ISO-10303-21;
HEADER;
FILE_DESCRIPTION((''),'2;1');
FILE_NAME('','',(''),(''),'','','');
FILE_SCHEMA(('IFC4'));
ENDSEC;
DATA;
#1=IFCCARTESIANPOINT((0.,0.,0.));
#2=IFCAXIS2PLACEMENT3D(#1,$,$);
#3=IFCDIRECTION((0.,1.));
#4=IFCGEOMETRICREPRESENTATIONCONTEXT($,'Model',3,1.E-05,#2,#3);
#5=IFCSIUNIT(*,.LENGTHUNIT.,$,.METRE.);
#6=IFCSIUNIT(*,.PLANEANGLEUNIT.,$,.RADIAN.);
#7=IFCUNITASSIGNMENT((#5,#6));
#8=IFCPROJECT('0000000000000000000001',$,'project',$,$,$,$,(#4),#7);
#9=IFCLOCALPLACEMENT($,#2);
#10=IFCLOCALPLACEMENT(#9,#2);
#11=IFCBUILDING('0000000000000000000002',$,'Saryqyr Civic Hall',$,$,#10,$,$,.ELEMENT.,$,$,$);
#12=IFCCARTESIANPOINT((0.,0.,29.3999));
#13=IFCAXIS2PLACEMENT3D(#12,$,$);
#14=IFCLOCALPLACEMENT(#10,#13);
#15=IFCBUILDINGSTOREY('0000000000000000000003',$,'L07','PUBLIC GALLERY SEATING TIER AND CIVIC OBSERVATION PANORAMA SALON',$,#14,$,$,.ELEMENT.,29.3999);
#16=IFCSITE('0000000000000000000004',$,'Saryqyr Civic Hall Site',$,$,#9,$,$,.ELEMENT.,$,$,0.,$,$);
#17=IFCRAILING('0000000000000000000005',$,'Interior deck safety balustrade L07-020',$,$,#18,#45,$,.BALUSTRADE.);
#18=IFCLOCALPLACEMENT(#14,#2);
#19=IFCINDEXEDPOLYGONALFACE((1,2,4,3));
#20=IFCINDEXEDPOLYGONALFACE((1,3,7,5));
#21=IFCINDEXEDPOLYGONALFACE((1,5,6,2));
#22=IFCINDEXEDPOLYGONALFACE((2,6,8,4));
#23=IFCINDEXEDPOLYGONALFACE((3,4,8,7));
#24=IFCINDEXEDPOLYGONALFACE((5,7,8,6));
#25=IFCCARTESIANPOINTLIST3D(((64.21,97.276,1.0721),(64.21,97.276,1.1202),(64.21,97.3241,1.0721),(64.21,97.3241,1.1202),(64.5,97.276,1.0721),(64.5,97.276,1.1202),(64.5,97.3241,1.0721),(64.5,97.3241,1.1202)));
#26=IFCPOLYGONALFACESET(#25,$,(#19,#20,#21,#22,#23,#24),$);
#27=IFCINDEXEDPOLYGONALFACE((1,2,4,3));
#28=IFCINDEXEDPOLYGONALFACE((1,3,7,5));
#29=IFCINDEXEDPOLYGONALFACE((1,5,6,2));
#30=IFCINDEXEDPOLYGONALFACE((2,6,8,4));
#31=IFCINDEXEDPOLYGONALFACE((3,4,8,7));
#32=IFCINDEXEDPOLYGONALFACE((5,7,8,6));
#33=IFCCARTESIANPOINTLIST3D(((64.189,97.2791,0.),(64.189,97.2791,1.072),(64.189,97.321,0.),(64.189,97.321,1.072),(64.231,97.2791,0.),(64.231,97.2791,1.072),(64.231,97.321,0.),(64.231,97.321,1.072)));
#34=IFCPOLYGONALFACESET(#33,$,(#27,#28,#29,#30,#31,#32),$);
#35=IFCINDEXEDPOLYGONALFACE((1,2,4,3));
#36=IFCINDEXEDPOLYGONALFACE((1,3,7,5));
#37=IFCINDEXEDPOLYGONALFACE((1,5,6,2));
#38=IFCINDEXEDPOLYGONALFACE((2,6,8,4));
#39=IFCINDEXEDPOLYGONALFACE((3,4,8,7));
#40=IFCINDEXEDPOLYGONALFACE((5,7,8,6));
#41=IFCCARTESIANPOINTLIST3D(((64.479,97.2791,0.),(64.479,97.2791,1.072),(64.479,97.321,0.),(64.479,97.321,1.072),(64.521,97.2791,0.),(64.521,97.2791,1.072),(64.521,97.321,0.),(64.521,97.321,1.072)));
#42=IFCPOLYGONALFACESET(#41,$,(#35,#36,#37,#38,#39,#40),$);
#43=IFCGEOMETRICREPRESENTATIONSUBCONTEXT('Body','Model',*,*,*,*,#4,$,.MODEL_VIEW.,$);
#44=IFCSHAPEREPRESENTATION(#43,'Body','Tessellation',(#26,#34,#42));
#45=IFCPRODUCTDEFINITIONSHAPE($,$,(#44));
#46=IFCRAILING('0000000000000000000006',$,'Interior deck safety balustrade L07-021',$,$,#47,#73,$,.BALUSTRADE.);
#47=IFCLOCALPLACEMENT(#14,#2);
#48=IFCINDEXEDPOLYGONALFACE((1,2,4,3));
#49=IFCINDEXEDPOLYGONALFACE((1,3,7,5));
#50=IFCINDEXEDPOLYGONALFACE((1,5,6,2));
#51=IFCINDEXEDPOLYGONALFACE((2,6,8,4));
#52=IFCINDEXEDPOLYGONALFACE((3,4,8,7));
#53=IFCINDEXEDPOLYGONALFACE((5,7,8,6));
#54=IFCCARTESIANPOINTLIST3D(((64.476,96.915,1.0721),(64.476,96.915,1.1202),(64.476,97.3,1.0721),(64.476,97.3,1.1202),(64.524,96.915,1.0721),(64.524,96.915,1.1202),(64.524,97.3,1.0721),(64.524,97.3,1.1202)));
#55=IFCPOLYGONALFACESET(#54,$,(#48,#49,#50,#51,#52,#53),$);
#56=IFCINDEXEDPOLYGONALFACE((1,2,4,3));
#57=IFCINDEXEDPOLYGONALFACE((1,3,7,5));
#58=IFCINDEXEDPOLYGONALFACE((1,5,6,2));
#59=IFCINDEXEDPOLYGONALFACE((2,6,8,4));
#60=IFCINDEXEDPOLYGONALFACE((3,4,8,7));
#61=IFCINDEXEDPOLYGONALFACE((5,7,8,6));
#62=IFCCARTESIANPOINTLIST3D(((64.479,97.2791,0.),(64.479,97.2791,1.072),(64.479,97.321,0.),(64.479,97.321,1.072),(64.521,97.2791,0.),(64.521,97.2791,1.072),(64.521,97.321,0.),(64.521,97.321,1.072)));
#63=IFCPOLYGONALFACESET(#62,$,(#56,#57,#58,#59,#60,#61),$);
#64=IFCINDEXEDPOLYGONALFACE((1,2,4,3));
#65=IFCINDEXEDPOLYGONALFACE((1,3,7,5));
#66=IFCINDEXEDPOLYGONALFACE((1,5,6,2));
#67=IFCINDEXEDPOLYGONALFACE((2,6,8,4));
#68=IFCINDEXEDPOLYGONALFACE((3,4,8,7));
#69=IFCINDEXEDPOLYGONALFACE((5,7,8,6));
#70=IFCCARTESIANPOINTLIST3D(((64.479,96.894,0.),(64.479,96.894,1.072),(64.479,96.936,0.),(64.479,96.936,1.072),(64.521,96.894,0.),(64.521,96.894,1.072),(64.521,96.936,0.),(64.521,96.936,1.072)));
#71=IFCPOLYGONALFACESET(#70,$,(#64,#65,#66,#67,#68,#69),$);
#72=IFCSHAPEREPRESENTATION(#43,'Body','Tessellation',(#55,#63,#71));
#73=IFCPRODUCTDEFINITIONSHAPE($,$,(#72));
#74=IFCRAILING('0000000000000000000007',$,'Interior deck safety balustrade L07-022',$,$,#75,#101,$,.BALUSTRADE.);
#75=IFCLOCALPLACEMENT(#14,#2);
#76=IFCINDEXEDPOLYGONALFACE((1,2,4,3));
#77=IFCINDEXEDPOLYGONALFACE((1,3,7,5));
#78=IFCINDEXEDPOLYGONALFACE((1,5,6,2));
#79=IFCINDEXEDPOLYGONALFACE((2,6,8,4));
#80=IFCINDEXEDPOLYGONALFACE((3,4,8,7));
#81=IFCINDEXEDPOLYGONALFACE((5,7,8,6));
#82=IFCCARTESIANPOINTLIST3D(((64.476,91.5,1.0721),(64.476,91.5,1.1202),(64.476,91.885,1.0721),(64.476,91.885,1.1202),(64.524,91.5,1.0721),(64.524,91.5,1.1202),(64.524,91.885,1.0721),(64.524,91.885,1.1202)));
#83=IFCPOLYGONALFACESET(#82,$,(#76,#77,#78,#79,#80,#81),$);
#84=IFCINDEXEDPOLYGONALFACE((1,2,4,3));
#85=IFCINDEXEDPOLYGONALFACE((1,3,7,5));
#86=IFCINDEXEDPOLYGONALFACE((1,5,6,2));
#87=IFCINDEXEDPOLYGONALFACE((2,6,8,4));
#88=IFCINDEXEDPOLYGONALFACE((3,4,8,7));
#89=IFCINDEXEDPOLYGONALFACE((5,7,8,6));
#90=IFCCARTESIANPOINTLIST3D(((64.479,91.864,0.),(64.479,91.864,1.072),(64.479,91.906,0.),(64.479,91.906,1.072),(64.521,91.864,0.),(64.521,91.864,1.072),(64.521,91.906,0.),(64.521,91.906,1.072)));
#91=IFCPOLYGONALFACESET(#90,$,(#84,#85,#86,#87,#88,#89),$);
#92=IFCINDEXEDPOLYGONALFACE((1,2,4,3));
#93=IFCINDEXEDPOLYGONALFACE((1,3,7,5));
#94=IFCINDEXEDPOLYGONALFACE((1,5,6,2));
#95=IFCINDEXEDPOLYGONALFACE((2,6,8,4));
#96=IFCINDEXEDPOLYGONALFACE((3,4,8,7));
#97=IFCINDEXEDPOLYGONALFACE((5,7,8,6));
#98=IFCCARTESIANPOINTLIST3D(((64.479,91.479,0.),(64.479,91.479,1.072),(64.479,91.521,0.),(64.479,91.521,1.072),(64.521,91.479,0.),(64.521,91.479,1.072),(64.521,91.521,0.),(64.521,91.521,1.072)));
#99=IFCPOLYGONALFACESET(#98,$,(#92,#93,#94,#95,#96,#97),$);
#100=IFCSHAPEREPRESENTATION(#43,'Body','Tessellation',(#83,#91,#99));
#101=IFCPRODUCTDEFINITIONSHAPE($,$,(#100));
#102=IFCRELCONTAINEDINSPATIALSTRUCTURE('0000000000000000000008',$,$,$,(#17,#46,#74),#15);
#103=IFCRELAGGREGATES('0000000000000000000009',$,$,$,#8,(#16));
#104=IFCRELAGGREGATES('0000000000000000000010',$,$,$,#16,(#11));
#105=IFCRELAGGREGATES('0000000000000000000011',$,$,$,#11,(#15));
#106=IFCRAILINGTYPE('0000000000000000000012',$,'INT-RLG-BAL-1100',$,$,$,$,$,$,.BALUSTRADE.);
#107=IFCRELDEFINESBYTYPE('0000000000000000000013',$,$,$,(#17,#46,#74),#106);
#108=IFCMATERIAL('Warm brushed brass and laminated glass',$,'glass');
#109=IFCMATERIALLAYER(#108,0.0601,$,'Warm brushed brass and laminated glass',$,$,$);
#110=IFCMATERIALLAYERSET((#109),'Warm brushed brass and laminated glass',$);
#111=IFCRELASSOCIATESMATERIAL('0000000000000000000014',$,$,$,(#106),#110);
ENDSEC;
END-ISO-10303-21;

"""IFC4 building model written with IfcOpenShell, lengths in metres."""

from ifc_helpers import new_model, si_unit, direction, frame, origin, origin_2d, place, context, subcontext, project, spatial, rectangle, extrude, material, layer, layer_set, type_object, element, save


model = new_model("IFC4")

# Units and contexts
model_context = context("Model", 3, precision=1e-05, world=origin(), true_north=direction((0.0, 1.0)))
body_context = subcontext(model_context, "Body", "Model", "MODEL_VIEW")
ifc_project = project(units=[si_unit("LENGTHUNIT", "METRE"), si_unit("PLANEANGLEUNIT", "RADIAN")], contexts=[model_context])

# Site, building, storey
site_placement = place(None, origin())
site = spatial("IfcSite", under=ifc_project, at=site_placement, Name="Saryqyr Civic Hall Site", CompositionType="ELEMENT", RefElevation=0.0)
building_placement = place(site_placement, origin())
building = spatial("IfcBuilding", under=site, at=building_placement, Name="Saryqyr Civic Hall", CompositionType="ELEMENT")
storey_placement = place(building_placement, frame((0.0, 0.0, 29.3999)))
storey = spatial("IfcBuildingStorey", under=building, at=storey_placement, Name="L07", Description="PUBLIC GALLERY SEATING TIER AND CIVIC OBSERVATION PANORAMA SALON", CompositionType="ELEMENT", Elevation=29.3999)

# Railings
ifc_material_1 = material(Name="Warm brushed brass and laminated glass", Category="glass")
ifc_layer_1 = layer(ifc_material_1, 0.0601, Name="Warm brushed brass and laminated glass")
ifc_layer_set_1 = layer_set([ifc_layer_1], Name="Warm brushed brass and laminated glass")
railing_type_1 = type_object("IfcRailingType", Name="INT-RLG-BAL-1100", PredefinedType="BALUSTRADE", material=ifc_layer_set_1)
railing_1_placement = place(storey_placement, frame((64.21, 97.3, 0.0)))
element("IfcRailing", 1, at=railing_1_placement, inside=storey, type_object=railing_type_1, Name="Interior deck safety balustrade L07-020", PredefinedType="BALUSTRADE", context=body_context, shape_type="SweptSolid", body=[
    extrude(rectangle(XDim=0.0481, YDim=0.0481, at=origin_2d()), frame((0.0, 0.0, 1.0962), z_axis=(1.0, 0.0, 0.0), x_axis=(0.0, 1.0, 0.0)), (0.0, 0.0, 1.0), 0.29),
    extrude(rectangle(XDim=0.042, YDim=0.042, at=origin_2d()), origin(), (0.0, 0.0, 1.0), 1.072),
    extrude(rectangle(XDim=0.042, YDim=0.042, at=origin_2d()), frame((0.29, 0.0, 0.0)), (0.0, 0.0, 1.0), 1.072),
])
for number, where, name in (
    (2, (64.5, 97.3, 0.0), "Interior deck safety balustrade L07-021"),
    (3, (64.5, 91.885, 0.0), "Interior deck safety balustrade L07-022"),
):
    element("IfcRailing", number, at=place(storey_placement, frame(where)), inside=storey, type_object=railing_type_1, Name=name, PredefinedType="BALUSTRADE", context=body_context, shape_type="SweptSolid", body=[
        extrude(rectangle(XDim=0.0481, YDim=0.0481, at=origin_2d()), frame((0.0, 0.0, 1.0962), z_axis=(0.0, -1.0, 0.0), x_axis=(1.0, 0.0, 0.0)), (0.0, 0.0, 1.0), 0.385),
        extrude(rectangle(XDim=0.042, YDim=0.042, at=origin_2d()), origin(), (0.0, 0.0, 1.0), 1.072),
        extrude(rectangle(XDim=0.042, YDim=0.042, at=origin_2d()), frame((0.0, -0.385, 0.0)), (0.0, 0.0, 1.0), 1.072),
    ])

save(model, "model.ifc")
